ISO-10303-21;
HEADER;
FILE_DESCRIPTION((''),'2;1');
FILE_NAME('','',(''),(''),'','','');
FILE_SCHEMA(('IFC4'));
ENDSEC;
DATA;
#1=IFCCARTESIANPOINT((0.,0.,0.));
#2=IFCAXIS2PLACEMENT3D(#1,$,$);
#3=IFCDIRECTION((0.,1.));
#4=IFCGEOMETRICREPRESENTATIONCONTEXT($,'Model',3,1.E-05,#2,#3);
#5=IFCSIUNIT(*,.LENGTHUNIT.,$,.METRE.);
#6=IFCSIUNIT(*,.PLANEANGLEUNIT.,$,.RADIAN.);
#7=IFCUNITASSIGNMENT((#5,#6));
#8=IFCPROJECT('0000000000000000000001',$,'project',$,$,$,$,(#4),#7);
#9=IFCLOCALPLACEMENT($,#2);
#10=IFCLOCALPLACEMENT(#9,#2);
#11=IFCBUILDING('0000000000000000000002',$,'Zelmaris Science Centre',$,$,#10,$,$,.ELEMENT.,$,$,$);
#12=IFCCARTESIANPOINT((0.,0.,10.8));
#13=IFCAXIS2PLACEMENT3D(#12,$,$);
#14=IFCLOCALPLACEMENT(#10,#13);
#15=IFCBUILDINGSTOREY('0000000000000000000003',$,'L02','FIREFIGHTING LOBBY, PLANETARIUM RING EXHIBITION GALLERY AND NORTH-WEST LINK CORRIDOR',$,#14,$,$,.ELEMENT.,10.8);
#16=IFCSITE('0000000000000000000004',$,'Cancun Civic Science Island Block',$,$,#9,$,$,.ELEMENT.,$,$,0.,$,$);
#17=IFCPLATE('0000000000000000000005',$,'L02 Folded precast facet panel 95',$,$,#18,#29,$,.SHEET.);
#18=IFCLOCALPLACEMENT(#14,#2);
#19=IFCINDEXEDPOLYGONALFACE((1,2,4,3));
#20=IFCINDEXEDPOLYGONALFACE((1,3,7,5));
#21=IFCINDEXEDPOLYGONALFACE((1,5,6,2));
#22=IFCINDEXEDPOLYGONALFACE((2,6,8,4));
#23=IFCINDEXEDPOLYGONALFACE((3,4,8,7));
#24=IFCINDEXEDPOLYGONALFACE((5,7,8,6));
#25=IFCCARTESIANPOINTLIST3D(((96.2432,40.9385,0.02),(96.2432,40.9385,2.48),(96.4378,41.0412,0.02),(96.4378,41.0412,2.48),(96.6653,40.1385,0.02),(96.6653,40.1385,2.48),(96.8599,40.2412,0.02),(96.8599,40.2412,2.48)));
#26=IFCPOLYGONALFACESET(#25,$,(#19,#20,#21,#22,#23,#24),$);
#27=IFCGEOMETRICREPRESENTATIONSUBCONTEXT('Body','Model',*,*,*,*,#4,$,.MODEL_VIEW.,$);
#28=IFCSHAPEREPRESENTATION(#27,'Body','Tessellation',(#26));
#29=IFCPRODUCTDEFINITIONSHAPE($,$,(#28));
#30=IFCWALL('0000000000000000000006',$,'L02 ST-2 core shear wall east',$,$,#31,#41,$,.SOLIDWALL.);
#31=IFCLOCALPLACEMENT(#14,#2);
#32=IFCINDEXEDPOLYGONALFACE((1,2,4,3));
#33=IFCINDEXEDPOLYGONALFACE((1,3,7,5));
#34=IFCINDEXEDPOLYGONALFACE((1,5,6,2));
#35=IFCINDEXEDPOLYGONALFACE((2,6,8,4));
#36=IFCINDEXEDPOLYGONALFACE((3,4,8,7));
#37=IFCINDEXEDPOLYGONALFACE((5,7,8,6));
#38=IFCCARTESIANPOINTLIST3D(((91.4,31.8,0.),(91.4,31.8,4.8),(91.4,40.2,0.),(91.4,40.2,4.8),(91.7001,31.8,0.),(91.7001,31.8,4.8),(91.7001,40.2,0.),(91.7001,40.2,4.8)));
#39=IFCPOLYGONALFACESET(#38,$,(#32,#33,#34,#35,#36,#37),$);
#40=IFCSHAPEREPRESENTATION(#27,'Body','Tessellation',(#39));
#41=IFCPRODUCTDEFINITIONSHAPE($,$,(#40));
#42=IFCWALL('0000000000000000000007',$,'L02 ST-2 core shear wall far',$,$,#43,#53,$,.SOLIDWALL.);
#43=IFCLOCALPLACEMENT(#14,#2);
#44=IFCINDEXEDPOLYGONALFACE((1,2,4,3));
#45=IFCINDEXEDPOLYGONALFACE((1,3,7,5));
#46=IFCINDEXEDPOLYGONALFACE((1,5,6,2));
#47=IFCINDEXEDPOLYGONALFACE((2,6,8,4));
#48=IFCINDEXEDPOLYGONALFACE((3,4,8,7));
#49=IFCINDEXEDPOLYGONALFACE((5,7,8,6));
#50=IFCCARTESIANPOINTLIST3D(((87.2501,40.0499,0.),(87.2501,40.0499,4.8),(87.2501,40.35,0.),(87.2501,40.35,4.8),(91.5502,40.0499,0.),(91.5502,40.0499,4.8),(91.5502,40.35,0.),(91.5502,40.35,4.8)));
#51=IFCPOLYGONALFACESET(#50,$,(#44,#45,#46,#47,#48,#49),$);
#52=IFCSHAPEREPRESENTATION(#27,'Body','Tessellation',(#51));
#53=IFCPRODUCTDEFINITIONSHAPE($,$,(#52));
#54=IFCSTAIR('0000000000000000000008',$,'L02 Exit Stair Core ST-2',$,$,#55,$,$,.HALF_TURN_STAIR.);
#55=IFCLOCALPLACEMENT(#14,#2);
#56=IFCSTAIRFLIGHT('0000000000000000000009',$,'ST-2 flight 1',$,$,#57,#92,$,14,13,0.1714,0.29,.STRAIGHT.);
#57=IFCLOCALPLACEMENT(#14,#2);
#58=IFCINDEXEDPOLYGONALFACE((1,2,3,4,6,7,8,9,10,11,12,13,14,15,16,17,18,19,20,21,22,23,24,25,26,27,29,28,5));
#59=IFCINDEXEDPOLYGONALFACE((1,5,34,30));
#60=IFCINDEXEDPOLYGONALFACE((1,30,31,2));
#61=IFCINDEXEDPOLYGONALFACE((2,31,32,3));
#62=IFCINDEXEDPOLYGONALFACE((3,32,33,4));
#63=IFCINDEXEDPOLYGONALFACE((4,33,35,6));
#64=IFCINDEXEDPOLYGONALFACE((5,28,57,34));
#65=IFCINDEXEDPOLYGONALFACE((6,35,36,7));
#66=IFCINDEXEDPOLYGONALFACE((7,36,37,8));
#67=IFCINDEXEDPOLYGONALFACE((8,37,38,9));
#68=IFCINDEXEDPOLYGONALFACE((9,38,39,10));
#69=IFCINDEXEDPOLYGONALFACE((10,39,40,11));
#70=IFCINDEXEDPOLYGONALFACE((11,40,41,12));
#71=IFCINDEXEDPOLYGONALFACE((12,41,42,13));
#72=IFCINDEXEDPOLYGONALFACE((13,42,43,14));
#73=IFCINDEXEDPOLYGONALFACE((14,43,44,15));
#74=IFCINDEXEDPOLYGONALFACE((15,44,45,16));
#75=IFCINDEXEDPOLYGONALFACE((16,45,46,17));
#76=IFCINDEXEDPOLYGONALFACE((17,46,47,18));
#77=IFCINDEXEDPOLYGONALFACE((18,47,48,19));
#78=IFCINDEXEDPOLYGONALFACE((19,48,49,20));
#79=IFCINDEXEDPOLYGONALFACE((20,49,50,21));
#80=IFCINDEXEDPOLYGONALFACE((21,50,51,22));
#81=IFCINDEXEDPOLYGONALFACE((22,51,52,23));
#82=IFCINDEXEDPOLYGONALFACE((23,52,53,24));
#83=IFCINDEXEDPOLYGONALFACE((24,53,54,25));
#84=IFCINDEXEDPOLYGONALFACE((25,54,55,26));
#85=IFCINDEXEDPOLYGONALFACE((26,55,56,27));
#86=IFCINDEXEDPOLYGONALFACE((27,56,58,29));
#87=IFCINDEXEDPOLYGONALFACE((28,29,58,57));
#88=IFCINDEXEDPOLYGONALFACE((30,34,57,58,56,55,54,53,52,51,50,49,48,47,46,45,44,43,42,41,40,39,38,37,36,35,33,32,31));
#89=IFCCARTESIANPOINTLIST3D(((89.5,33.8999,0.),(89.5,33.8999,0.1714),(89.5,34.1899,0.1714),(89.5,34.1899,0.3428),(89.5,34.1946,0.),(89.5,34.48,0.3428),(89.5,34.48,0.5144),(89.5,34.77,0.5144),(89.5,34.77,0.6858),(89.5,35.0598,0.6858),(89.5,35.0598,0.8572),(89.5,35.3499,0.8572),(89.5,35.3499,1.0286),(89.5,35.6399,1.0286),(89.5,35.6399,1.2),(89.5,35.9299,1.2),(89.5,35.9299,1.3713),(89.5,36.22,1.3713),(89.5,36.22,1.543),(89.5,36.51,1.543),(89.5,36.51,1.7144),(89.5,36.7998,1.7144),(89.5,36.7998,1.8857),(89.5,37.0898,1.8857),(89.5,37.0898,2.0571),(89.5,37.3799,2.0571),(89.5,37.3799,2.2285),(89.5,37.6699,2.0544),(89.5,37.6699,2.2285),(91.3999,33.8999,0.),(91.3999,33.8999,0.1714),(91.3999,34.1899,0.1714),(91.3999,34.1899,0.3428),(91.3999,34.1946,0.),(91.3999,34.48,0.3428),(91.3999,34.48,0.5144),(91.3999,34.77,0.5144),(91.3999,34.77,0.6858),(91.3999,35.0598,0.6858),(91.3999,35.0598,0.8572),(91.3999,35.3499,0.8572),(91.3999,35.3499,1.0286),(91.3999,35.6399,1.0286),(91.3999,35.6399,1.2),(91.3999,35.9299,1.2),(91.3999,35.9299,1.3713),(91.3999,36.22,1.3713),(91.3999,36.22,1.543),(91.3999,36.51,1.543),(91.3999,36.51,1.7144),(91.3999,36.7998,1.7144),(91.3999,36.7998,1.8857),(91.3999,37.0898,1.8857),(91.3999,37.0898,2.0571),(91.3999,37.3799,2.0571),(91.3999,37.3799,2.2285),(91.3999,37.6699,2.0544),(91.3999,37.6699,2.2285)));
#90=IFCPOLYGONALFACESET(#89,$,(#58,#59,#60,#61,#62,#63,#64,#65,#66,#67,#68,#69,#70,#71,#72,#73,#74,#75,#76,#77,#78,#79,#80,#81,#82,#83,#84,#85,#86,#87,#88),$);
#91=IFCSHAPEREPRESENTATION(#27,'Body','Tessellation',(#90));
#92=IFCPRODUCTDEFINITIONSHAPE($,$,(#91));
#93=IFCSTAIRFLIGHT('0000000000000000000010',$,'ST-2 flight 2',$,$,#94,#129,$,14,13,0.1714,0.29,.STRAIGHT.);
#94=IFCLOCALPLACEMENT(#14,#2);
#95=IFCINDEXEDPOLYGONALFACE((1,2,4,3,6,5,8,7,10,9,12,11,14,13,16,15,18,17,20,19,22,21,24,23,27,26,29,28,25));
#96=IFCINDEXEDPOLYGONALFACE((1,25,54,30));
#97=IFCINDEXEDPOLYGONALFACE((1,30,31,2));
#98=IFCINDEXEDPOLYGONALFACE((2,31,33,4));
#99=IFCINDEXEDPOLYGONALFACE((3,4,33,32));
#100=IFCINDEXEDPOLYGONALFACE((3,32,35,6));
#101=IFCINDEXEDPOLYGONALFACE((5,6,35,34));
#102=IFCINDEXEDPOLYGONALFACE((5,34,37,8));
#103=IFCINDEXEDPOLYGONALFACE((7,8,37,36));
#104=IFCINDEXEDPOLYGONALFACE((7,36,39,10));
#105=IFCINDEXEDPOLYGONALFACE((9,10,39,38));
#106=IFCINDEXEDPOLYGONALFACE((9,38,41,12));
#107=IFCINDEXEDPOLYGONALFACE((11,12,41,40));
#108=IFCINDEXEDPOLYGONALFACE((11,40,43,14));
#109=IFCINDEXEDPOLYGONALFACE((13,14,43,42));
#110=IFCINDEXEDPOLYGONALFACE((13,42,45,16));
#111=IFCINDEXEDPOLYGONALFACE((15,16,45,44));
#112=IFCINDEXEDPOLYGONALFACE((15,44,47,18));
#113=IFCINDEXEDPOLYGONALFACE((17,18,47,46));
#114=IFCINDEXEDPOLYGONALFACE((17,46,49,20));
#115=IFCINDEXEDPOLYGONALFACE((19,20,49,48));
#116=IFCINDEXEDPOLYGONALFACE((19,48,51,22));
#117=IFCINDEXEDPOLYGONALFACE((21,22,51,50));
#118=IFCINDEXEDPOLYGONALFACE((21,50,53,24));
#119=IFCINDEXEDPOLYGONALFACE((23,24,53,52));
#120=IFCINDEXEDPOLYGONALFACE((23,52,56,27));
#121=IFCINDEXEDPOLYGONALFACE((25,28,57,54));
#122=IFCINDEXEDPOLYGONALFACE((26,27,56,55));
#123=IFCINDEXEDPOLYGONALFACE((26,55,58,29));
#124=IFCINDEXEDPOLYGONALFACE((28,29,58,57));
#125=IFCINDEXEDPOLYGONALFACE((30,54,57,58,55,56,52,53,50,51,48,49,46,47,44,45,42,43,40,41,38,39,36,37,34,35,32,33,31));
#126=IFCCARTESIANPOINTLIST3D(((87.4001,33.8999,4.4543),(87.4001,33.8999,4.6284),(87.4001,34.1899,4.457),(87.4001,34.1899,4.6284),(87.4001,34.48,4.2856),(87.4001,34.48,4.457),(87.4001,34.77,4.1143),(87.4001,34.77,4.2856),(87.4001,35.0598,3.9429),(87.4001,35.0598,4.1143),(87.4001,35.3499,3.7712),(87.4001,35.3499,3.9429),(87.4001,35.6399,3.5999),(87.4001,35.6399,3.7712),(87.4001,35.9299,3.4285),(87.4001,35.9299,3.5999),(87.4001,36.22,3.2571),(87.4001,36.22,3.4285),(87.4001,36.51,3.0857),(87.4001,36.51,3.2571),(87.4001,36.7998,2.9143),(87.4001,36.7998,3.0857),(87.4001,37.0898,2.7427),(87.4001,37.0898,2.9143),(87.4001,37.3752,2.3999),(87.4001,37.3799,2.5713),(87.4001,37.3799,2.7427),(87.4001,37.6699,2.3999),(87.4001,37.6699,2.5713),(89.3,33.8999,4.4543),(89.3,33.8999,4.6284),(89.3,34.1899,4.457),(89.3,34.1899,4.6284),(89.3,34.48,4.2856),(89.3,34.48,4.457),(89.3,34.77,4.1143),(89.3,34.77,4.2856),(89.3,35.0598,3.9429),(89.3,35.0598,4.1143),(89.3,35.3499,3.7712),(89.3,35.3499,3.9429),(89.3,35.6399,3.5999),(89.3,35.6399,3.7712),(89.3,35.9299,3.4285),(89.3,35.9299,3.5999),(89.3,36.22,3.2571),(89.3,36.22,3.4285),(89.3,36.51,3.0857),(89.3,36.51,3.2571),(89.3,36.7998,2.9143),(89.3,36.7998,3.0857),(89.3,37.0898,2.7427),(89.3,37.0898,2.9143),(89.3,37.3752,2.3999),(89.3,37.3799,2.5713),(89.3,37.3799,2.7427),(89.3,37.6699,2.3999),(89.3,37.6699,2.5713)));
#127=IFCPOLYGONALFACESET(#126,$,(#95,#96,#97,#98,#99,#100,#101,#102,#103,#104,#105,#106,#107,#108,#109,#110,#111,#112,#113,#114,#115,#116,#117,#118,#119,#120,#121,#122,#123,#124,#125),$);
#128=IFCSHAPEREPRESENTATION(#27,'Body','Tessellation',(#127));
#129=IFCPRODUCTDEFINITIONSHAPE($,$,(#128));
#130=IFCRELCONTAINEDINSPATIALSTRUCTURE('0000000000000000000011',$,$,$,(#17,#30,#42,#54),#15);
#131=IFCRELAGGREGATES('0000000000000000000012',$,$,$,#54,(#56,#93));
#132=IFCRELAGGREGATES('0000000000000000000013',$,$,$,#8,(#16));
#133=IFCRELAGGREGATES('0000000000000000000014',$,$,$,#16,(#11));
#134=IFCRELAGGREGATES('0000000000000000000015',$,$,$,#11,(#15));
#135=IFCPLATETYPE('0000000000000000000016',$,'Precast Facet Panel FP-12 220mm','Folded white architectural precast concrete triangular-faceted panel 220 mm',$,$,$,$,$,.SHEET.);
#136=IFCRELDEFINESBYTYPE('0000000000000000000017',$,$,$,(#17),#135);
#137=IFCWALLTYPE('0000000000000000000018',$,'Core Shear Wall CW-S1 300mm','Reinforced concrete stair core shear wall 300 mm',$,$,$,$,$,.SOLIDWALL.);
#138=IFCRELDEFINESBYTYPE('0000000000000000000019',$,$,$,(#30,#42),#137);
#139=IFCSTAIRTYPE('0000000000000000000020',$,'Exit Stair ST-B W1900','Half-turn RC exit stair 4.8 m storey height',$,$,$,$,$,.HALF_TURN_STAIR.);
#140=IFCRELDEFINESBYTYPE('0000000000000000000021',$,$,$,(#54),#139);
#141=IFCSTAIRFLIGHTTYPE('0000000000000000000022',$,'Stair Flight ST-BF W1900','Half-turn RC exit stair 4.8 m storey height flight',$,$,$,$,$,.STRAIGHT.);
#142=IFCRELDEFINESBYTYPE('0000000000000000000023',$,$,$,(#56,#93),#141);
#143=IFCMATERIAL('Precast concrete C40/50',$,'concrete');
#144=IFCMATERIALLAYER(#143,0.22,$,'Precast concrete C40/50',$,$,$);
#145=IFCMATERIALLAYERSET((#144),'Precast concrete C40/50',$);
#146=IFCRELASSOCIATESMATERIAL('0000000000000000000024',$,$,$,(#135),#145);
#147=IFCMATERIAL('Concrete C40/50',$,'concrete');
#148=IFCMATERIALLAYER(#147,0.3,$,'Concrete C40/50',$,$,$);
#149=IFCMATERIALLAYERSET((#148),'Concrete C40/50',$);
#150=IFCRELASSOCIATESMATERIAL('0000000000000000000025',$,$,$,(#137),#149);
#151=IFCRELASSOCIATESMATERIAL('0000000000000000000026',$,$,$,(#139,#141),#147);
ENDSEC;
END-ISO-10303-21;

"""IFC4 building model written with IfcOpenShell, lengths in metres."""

from ifc_helpers import new_model, si_unit, direction, frame, frame_2d, origin, place, context, subcontext, project, spatial, polyline, rectangle, outline, extrude, material, layer, layer_set, type_object, element, aggregate, save


model = new_model("IFC4")

# Units and contexts
model_context = context("Model", 3, precision=1e-05, world=origin(), true_north=direction((0.0, 1.0)))
body_context = subcontext(model_context, "Body", "Model", "MODEL_VIEW")
ifc_project = project(units=[si_unit("LENGTHUNIT", "METRE"), si_unit("PLANEANGLEUNIT", "RADIAN")], contexts=[model_context])

# Site, building, storey
site_placement = place(None, origin())
site = spatial("IfcSite", under=ifc_project, at=site_placement, Name="Cancun Civic Science Island Block", CompositionType="ELEMENT", RefElevation=0.0)
building_placement = place(site_placement, origin())
building = spatial("IfcBuilding", under=site, at=building_placement, Name="Zelmaris Science Centre", CompositionType="ELEMENT")
storey_placement = place(building_placement, frame((0.0, 0.0, 10.8)))
storey = spatial("IfcBuildingStorey", under=building, at=storey_placement, Name="L02", Description="FIREFIGHTING LOBBY, PLANETARIUM RING EXHIBITION GALLERY AND NORTH-WEST LINK CORRIDOR", CompositionType="ELEMENT", Elevation=10.8)

# Plate
ifc_material_1 = material(Name="Precast concrete C40/50", Category="concrete")
ifc_layer_1 = layer(ifc_material_1, 0.22, Name="Precast concrete C40/50")
ifc_layer_set_1 = layer_set([ifc_layer_1], Name="Precast concrete C40/50")
plate_type_1 = type_object("IfcPlateType", Name="Precast Facet Panel FP-12 220mm", Description="Folded white architectural precast concrete triangular-faceted panel 220 mm", PredefinedType="SHEET", material=ifc_layer_set_1)
plate_1_placement = place(storey_placement, frame((96.3406, 40.9897, 0.02), z_axis=(0.0, 0.0, 1.0), x_axis=(0.466647, -0.884444, 0.0)))
element("IfcPlate", 1, at=plate_1_placement, inside=storey, type_object=plate_type_1, Name="L02 Folded precast facet panel 95", PredefinedType="SHEET", context=body_context, shape_type="SweptSolid", body=[
    extrude(rectangle(XDim=0.9045, YDim=0.22, at=frame_2d((0.4521, 0.0))), origin(), (0.0, 0.0, 1.0), 2.46),
])

# Walls
ifc_material_2 = material(Name="Concrete C40/50", Category="concrete")
ifc_layer_2 = layer(ifc_material_2, 0.3, Name="Concrete C40/50")
ifc_layer_set_2 = layer_set([ifc_layer_2], Name="Concrete C40/50")
wall_type = type_object("IfcWallType", Name="Core Shear Wall CW-S1 300mm", Description="Reinforced concrete stair core shear wall 300 mm", PredefinedType="SOLIDWALL", material=ifc_layer_set_2)
wall_1_placement = place(storey_placement, frame((91.55, 31.8, 0.0), z_axis=(0.0, 0.0, 1.0), x_axis=(0.0, 1.0, 0.0)))
element("IfcWall", 2, at=wall_1_placement, inside=storey, type_object=wall_type, Name="L02 ST-2 core shear wall east", PredefinedType="SOLIDWALL", context=body_context, shape_type="SweptSolid", body=[
    extrude(rectangle(XDim=8.3999, YDim=0.3, at=frame_2d((4.2, 0.0))), origin(), (0.0, 0.0, 1.0), 4.8),
])
wall_2_placement = place(storey_placement, frame((91.55, 40.2, 0.0), z_axis=(0.0, 0.0, 1.0), x_axis=(-1.0, 0.0, 0.0)))
element("IfcWall", 3, at=wall_2_placement, inside=storey, type_object=wall_type, Name="L02 ST-2 core shear wall far", PredefinedType="SOLIDWALL", context=body_context, shape_type="SweptSolid", body=[
    extrude(rectangle(XDim=4.3, YDim=0.3, at=frame_2d((2.1499, 0.0))), origin(), (0.0, 0.0, 1.0), 4.8),
])

# Stair, stair flights
stair_type = type_object("IfcStairType", Name="Exit Stair ST-B W1900", Description="Half-turn RC exit stair 4.8 m storey height", PredefinedType="HALF_TURN_STAIR", material=ifc_material_2)
stair_placement = place(storey_placement, origin())
stair = element("IfcStair", 4, at=stair_placement, inside=storey, type_object=stair_type, Name="L02 Exit Stair Core ST-2", PredefinedType="HALF_TURN_STAIR")
stair_flight_type = type_object("IfcStairFlightType", Name="Stair Flight ST-BF W1900", Description="Half-turn RC exit stair 4.8 m storey height flight", PredefinedType="STRAIGHT", material=ifc_material_2)
stair_flight_1_placement = place(storey_placement, frame((90.45, 33.8999, 0.0), z_axis=(0.0, 0.0, 1.0), x_axis=(0.0, 1.0, 0.0)))
stair_flight_1 = element("IfcStairFlight", 5, at=stair_flight_1_placement, type_object=stair_flight_type, Name="ST-2 flight 1", NumberOfRisers=14, NumberOfTreads=13, PredefinedType="STRAIGHT", RiserHeight=0.1714, TreadLength=0.29, context=body_context, shape_type="SweptSolid", body=[
    extrude(outline(polyline([(0.0, 0.0), (0.0, 0.1714), (0.29, 0.1714), (0.29, 0.3428), (0.5801, 0.3428), (0.5801, 0.5144), (0.8701, 0.5144), (0.8701, 0.6858), (1.1599, 0.6858), (1.1599, 0.8572), (1.45, 0.8572), (1.45, 1.0286), (1.74, 1.0286), (1.74, 1.2), (2.03, 1.2), (2.03, 1.3713), (2.3201, 1.3713), (2.3201, 1.543), (2.6101, 1.543), (2.6101, 1.7144), (2.8999, 1.7144), (2.8999, 1.8857), (3.1899, 1.8857), (3.1899, 2.0571), (3.48, 2.0571), (3.48, 2.2285), (3.77, 2.2285), (3.77, 2.3999), (3.77, 2.0544), (0.2947, 0.0), (0.0, 0.0)])), frame((0.0, 0.95, 0.0), z_axis=(0.0, -1.0, 0.0), x_axis=(1.0, 0.0, 0.0)), (0.0, 0.0, 1.0), 1.8999),
])
stair_flight_2_placement = place(storey_placement, frame((88.3501, 37.6699, 2.3999), z_axis=(0.0, 0.0, 1.0), x_axis=(0.0, -1.0, 0.0)))
stair_flight_2 = element("IfcStairFlight", 6, at=stair_flight_2_placement, type_object=stair_flight_type, Name="ST-2 flight 2", NumberOfRisers=14, NumberOfTreads=13, PredefinedType="STRAIGHT", RiserHeight=0.1714, TreadLength=0.29, context=body_context, shape_type="SweptSolid", body=[
    extrude(outline(polyline([(0.0, 0.0), (0.0, 0.1714), (0.29, 0.1714), (0.29, 0.3428), (0.5801, 0.3428), (0.5801, 0.5144), (0.8701, 0.5144), (0.8701, 0.6858), (1.1599, 0.6858), (1.1599, 0.8572), (1.45, 0.8572), (1.45, 1.0286), (1.74, 1.0286), (1.74, 1.2), (2.03, 1.2), (2.03, 1.3713), (2.3201, 1.3713), (2.3201, 1.543), (2.6101, 1.543), (2.6101, 1.7144), (2.8999, 1.7144), (2.8999, 1.8857), (3.1899, 1.8857), (3.1899, 2.0571), (3.48, 2.0571), (3.48, 2.2285), (3.77, 2.2285), (3.77, 2.3999), (3.77, 2.0544), (0.2947, 0.0), (0.0, 0.0)])), frame((0.0, 0.95, 0.0), z_axis=(0.0, -1.0, 0.0), x_axis=(1.0, 0.0, 0.0)), (0.0, 0.0, 1.0), 1.8999),
])
aggregate(stair, [stair_flight_1, stair_flight_2])

save(model, "model.ifc")
